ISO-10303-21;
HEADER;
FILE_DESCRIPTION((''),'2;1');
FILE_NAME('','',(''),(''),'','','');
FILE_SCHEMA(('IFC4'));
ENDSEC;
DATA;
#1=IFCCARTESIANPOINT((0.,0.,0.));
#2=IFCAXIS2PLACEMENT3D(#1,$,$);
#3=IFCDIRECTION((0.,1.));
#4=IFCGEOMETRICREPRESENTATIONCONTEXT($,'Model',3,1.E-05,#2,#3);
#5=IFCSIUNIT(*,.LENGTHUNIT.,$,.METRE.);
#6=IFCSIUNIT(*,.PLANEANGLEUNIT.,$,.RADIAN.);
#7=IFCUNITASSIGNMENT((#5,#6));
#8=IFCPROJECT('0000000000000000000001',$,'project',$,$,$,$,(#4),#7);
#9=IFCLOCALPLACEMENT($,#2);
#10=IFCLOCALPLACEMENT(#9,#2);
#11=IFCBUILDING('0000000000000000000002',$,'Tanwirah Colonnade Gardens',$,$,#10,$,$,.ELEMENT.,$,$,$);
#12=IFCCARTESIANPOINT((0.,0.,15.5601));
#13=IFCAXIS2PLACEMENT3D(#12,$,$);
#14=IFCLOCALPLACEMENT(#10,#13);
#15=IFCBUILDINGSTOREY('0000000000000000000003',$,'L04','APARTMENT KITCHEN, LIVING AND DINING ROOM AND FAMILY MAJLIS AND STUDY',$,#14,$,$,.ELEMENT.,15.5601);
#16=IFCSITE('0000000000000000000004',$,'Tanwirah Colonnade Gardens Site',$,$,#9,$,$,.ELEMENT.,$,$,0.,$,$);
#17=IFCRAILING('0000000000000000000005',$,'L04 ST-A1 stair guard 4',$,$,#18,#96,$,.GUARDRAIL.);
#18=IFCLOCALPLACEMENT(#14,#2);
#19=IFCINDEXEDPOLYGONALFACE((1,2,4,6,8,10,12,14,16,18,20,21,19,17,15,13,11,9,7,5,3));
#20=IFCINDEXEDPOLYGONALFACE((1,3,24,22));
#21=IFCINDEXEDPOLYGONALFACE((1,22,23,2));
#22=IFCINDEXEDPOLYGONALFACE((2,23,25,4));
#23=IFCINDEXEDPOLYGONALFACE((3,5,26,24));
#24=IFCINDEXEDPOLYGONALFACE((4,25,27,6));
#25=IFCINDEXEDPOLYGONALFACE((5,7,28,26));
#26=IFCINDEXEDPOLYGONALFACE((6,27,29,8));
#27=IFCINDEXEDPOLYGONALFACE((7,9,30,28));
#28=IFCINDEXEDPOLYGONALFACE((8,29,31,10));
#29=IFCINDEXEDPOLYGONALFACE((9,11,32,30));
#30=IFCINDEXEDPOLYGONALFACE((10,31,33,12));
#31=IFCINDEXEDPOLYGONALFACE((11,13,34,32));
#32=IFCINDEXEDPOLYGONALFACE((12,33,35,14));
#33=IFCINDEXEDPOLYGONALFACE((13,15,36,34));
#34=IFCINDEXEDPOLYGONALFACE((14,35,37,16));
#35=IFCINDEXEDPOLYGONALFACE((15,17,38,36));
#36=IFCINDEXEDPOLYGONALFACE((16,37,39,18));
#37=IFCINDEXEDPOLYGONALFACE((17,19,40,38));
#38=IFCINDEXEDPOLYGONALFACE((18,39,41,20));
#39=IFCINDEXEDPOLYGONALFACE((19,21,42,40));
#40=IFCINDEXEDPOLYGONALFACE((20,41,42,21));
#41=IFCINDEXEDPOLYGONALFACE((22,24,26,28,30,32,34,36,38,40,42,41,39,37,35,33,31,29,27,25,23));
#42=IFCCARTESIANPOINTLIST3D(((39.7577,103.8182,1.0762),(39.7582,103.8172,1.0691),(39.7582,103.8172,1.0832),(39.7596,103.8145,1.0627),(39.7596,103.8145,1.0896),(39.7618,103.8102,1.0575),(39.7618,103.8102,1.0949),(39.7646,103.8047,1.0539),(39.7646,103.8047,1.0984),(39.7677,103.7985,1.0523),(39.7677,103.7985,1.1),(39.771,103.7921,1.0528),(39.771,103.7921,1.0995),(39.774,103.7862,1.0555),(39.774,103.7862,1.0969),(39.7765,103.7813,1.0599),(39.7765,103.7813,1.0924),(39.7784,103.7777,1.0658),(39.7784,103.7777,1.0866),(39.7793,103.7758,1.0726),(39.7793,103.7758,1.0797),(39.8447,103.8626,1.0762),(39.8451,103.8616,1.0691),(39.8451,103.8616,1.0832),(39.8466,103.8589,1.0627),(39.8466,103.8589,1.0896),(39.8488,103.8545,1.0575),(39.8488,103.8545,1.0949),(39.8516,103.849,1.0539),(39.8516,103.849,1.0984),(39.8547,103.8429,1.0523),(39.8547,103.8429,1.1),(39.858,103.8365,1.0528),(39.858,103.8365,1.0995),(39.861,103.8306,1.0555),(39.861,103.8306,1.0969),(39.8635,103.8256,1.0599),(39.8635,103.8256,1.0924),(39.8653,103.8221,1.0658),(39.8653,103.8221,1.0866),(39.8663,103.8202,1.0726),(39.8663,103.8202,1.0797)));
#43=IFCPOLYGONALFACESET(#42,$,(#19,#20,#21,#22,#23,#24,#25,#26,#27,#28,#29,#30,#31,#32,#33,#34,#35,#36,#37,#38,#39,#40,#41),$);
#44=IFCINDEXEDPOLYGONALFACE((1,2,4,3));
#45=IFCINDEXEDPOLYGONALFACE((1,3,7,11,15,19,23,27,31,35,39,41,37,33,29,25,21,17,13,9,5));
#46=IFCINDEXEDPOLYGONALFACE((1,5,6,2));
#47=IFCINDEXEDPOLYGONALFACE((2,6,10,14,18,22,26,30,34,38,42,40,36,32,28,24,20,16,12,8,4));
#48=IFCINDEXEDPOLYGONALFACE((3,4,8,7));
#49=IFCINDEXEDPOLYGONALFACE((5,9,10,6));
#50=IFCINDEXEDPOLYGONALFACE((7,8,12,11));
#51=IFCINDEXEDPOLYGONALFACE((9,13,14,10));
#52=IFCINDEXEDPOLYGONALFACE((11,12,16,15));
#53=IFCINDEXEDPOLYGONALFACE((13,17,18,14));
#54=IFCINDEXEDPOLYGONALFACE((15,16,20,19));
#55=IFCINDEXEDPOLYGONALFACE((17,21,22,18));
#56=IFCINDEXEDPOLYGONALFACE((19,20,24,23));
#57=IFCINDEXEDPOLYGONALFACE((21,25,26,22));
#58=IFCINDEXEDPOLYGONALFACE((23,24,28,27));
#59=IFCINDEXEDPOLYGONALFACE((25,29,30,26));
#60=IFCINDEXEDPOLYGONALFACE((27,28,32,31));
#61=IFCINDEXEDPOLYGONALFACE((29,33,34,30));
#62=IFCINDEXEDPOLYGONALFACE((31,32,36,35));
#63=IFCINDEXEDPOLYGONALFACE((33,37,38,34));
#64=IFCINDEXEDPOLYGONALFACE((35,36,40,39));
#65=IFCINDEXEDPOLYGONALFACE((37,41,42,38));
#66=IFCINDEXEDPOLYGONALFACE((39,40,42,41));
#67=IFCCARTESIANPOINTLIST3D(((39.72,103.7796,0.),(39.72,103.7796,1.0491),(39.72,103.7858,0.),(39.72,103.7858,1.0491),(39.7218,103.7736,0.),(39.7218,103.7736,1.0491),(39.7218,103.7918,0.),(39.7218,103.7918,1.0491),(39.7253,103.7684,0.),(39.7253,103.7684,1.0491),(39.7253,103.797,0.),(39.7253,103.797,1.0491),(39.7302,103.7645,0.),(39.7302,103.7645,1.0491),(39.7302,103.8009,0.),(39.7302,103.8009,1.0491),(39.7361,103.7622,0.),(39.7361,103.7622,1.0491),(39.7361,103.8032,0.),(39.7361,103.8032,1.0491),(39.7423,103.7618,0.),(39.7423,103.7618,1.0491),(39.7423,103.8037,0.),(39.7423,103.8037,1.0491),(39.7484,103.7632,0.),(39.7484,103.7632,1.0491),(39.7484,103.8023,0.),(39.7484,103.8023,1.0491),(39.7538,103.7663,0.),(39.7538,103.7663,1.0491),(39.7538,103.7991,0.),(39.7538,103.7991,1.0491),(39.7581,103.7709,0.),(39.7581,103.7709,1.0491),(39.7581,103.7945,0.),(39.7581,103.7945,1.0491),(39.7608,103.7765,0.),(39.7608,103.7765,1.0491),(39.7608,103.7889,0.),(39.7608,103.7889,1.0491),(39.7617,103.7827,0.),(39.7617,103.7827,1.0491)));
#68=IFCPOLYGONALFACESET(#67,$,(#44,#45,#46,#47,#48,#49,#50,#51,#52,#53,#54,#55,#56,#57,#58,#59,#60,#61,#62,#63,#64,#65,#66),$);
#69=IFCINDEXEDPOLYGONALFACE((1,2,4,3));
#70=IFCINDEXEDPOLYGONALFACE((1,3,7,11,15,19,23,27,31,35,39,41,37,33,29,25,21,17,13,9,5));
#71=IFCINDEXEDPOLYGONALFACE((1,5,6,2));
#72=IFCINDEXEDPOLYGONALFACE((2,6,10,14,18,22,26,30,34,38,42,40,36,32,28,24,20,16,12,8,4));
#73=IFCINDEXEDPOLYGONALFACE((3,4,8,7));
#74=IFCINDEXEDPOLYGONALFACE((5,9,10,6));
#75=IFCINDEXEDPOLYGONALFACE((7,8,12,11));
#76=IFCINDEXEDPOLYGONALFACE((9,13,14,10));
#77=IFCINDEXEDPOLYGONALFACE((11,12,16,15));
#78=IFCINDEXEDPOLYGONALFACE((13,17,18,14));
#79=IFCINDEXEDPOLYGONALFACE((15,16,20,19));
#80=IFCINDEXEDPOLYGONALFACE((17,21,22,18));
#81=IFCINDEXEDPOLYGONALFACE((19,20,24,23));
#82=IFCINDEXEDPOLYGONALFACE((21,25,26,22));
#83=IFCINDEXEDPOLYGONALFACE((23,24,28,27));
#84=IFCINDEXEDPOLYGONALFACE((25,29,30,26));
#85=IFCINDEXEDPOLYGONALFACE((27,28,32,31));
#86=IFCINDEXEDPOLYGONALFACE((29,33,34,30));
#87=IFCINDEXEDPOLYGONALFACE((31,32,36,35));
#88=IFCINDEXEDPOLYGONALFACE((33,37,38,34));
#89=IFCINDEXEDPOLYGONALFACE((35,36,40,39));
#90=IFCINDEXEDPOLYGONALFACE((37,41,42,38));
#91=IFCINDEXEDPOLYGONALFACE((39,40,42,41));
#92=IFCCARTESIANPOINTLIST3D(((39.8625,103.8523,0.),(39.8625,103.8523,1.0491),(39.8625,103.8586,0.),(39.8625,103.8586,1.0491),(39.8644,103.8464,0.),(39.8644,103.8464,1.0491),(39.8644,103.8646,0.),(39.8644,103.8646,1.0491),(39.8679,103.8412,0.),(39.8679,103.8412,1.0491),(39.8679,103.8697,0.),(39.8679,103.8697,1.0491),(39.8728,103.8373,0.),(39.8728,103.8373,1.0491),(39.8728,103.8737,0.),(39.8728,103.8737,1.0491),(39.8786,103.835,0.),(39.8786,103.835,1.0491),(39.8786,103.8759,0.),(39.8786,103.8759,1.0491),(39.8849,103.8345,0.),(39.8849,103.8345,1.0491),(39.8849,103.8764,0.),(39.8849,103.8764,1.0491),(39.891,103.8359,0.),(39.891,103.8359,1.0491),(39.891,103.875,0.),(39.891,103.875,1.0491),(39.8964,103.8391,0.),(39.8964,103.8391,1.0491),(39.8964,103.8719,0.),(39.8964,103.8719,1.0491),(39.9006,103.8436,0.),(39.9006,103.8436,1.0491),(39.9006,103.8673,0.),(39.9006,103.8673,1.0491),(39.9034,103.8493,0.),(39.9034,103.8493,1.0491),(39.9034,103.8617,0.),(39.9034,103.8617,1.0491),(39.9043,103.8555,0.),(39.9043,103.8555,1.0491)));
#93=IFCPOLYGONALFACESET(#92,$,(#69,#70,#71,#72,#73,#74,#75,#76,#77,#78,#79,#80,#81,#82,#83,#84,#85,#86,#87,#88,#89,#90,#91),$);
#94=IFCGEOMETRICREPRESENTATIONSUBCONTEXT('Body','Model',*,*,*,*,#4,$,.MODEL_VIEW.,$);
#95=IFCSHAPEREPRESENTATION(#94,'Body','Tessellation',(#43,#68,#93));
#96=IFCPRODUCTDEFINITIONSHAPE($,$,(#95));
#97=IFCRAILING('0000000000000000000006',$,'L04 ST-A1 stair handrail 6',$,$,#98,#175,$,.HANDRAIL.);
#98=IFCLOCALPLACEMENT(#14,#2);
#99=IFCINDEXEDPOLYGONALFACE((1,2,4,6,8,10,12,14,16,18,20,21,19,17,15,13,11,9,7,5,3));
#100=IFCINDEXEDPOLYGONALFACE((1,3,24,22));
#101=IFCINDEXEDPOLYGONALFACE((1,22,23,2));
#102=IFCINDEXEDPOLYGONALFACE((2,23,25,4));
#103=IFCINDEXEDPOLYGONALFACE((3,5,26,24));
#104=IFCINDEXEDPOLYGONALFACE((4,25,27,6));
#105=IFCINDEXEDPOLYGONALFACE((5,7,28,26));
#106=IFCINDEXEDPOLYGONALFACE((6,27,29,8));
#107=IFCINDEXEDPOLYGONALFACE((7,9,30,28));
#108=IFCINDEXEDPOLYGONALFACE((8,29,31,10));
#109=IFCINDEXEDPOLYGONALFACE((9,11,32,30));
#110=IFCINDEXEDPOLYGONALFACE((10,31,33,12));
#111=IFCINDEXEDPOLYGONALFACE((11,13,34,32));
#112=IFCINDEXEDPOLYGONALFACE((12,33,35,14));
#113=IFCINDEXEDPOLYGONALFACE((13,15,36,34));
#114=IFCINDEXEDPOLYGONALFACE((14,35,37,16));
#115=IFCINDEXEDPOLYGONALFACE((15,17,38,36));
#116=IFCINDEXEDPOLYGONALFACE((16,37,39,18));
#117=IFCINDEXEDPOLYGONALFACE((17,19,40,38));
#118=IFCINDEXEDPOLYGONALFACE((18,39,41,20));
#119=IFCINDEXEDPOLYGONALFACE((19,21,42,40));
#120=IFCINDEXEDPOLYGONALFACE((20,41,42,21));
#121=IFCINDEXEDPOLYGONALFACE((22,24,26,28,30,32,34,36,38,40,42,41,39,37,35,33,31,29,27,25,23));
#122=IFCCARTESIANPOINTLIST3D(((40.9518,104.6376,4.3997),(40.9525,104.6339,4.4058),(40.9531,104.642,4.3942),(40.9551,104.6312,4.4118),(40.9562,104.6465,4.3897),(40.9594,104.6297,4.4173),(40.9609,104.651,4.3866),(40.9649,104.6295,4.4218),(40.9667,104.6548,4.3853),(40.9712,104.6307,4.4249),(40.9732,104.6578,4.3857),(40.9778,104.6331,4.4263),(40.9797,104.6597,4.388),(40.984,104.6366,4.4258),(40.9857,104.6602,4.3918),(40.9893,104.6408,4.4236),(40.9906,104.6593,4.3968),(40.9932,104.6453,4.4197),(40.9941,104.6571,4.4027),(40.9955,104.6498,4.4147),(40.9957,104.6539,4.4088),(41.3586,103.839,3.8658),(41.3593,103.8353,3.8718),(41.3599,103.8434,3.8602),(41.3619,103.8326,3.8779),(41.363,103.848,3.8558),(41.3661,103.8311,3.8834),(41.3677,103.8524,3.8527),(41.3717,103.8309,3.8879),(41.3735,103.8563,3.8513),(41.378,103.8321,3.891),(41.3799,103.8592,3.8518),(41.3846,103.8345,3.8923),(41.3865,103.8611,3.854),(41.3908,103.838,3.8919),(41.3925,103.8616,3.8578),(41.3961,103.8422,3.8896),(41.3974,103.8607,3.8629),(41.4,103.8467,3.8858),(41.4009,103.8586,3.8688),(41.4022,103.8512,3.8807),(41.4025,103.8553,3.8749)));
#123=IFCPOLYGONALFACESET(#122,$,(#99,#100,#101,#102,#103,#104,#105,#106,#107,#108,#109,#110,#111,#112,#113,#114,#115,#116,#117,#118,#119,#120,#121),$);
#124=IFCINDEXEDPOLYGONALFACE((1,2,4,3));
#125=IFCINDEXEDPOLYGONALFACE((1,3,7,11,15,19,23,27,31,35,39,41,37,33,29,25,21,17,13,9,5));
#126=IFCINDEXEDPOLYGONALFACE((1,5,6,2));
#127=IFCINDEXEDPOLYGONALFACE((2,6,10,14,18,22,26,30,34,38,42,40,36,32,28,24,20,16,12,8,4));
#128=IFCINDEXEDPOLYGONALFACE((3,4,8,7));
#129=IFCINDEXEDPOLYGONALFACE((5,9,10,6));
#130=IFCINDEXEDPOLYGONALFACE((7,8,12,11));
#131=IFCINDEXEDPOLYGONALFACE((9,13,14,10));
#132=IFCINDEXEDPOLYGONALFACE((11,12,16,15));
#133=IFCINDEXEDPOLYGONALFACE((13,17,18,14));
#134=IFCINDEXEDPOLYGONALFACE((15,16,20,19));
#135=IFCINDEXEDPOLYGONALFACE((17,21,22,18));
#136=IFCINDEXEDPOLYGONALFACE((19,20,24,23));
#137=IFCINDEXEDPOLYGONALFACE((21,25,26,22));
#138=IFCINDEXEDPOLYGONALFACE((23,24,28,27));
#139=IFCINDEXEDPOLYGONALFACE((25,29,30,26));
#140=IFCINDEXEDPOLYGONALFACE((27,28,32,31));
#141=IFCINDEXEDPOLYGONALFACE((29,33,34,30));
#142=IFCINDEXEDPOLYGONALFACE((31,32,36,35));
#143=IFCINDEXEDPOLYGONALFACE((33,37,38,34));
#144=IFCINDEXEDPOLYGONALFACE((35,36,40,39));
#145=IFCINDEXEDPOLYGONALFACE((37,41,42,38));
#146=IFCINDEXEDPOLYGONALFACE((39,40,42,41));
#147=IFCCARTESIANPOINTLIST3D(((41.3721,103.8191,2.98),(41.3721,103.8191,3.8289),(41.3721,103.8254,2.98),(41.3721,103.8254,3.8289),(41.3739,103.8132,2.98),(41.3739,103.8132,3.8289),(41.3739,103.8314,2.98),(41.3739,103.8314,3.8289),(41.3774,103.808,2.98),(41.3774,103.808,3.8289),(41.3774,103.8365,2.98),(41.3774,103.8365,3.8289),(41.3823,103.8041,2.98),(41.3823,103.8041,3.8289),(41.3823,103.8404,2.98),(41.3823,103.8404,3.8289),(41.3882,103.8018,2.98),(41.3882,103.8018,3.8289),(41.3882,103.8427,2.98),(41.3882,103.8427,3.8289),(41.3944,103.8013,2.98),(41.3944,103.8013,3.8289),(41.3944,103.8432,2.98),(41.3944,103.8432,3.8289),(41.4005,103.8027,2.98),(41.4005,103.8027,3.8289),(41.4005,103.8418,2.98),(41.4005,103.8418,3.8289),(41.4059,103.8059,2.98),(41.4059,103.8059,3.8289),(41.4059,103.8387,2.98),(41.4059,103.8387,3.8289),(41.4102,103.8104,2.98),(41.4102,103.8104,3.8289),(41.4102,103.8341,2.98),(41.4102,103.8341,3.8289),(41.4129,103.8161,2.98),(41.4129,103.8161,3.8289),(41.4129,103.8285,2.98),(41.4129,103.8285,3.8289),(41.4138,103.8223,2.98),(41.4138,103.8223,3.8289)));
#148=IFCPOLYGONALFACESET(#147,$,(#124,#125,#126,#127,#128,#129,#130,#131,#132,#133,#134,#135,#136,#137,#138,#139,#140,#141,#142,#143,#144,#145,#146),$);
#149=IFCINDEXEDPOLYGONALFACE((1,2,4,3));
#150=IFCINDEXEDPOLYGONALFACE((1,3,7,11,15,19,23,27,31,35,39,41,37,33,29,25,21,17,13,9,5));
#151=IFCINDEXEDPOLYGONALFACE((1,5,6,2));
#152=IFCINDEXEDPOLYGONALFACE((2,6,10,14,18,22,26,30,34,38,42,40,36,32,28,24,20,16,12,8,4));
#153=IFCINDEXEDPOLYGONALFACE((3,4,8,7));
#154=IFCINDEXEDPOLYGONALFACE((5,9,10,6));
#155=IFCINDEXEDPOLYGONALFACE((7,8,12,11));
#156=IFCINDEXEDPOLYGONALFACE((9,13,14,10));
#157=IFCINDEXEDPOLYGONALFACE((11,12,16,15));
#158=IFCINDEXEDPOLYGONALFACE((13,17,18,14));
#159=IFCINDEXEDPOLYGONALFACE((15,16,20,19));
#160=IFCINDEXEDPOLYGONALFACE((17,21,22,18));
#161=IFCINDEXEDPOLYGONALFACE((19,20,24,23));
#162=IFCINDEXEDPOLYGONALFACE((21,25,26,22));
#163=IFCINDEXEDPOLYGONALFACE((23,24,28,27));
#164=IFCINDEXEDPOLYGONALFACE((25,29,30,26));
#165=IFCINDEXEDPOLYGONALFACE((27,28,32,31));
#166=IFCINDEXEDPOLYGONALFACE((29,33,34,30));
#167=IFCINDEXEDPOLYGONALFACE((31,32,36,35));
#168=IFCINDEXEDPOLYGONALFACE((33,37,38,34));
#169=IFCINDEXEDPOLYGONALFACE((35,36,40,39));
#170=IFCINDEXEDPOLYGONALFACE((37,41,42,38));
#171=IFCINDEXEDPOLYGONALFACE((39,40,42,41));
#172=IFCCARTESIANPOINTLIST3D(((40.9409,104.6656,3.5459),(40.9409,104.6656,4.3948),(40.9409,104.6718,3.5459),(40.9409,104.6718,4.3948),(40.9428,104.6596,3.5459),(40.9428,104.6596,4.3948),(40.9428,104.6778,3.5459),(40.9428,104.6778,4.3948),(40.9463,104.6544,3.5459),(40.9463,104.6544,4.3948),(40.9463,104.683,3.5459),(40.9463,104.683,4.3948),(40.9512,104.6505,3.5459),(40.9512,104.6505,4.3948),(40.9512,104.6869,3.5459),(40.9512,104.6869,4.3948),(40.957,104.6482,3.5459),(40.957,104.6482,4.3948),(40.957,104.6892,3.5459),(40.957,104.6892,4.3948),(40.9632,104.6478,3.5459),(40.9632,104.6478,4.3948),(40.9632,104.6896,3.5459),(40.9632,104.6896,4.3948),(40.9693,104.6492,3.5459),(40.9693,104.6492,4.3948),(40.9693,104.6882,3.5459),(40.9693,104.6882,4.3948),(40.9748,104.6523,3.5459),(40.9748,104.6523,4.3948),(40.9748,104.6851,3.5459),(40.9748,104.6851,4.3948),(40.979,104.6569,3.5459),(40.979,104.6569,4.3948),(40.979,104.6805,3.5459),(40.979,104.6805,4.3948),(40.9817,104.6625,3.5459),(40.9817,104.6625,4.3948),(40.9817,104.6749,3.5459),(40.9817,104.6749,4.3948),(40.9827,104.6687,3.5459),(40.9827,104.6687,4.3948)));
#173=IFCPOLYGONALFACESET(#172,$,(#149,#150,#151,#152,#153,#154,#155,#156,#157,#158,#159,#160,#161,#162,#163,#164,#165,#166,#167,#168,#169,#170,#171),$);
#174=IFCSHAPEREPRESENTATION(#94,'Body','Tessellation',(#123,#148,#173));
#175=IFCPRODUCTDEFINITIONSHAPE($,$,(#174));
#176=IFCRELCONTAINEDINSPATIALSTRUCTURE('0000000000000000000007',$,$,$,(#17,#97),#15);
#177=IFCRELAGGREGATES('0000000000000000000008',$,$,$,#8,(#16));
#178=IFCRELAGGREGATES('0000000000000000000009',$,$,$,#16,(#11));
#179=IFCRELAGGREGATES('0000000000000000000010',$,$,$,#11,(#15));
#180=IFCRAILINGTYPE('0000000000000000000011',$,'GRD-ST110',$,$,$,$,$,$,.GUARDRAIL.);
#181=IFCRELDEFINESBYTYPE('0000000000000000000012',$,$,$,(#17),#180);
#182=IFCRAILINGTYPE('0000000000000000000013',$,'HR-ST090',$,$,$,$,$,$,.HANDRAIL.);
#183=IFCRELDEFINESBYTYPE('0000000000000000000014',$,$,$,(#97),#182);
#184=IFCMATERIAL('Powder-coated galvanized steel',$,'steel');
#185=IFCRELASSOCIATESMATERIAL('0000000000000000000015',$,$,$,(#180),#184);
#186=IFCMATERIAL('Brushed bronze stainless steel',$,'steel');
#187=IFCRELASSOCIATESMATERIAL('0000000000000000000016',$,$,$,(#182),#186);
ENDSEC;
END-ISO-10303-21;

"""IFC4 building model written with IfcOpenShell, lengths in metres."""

from ifc_helpers import new_model, si_unit, direction, frame, origin, origin_2d, place, context, subcontext, project, spatial, circle, extrude, material, type_object, element, save


model = new_model("IFC4")

# Units and contexts
model_context = context("Model", 3, precision=1e-05, world=origin(), true_north=direction((0.0, 1.0)))
body_context = subcontext(model_context, "Body", "Model", "MODEL_VIEW")
ifc_project = project(units=[si_unit("LENGTHUNIT", "METRE"), si_unit("PLANEANGLEUNIT", "RADIAN")], contexts=[model_context])

# Site, building, storey
site_placement = place(None, origin())
site = spatial("IfcSite", under=ifc_project, at=site_placement, Name="Tanwirah Colonnade Gardens Site", CompositionType="ELEMENT", RefElevation=0.0)
building_placement = place(site_placement, origin())
building = spatial("IfcBuilding", under=site, at=building_placement, Name="Tanwirah Colonnade Gardens", CompositionType="ELEMENT")
storey_placement = place(building_placement, frame((0.0, 0.0, 15.5601)))
storey = spatial("IfcBuildingStorey", under=building, at=storey_placement, Name="L04", Description="APARTMENT KITCHEN, LIVING AND DINING ROOM AND FAMILY MAJLIS AND STUDY", CompositionType="ELEMENT", Elevation=15.5601)

# Railings
ifc_material_1 = material(Name="Powder-coated galvanized steel", Category="steel")
railing_type_1 = type_object("IfcRailingType", Name="GRD-ST110", PredefinedType="GUARDRAIL", material=ifc_material_1)
railing_1_placement = place(storey_placement, frame((39.7407, 103.7827, 0.0)))
element("IfcRailing", 1, at=railing_1_placement, inside=storey, type_object=railing_type_1, Name="L04 ST-A1 stair guard 4", PredefinedType="GUARDRAIL", context=body_context, shape_type="SweptSolid", body=[
    extrude(circle(Radius=0.0239, at=origin_2d()), frame((0.0278, 0.0142, 1.0762), z_axis=(0.890737, 0.45452, 0.0), x_axis=(-0.45452, 0.890737, 0.0)), (0.0, 0.0, 1.0), 0.0977),
    extrude(circle(Radius=0.021, at=origin_2d()), origin(), (0.0, 0.0, 1.0), 1.0491),
    extrude(circle(Radius=0.021, at=origin_2d()), frame((0.1426, 0.0728, 0.0)), (0.0, 0.0, 1.0), 1.0491),
])
ifc_material_2 = material(Name="Brushed bronze stainless steel", Category="steel")
railing_type_2 = type_object("IfcRailingType", Name="HR-ST090", PredefinedType="HANDRAIL", material=ifc_material_2)
railing_2_placement = place(storey_placement, frame((41.3928, 103.8223, 2.98)))
element("IfcRailing", 2, at=railing_2_placement, inside=storey, type_object=railing_type_2, Name="L04 ST-A1 stair handrail 6", PredefinedType="HANDRAIL", context=body_context, shape_type="SweptSolid", body=[
    extrude(circle(Radius=0.0239, at=origin_2d()), frame((-0.0122, 0.0239, 0.8918), z_axis=(-0.38993, 0.765509, 0.511811), x_axis=(-0.891061, -0.453883, 0.0)), (0.0, 0.0, 1.0), 1.0432),
    extrude(circle(Radius=0.021, at=origin_2d()), origin(), (0.0, 0.0, 1.0), 0.8489),
    extrude(circle(Radius=0.021, at=origin_2d()), frame((-0.4312, 0.8464, 0.5659)), (0.0, 0.0, 1.0), 0.8489),
])

save(model, "model.ifc")
